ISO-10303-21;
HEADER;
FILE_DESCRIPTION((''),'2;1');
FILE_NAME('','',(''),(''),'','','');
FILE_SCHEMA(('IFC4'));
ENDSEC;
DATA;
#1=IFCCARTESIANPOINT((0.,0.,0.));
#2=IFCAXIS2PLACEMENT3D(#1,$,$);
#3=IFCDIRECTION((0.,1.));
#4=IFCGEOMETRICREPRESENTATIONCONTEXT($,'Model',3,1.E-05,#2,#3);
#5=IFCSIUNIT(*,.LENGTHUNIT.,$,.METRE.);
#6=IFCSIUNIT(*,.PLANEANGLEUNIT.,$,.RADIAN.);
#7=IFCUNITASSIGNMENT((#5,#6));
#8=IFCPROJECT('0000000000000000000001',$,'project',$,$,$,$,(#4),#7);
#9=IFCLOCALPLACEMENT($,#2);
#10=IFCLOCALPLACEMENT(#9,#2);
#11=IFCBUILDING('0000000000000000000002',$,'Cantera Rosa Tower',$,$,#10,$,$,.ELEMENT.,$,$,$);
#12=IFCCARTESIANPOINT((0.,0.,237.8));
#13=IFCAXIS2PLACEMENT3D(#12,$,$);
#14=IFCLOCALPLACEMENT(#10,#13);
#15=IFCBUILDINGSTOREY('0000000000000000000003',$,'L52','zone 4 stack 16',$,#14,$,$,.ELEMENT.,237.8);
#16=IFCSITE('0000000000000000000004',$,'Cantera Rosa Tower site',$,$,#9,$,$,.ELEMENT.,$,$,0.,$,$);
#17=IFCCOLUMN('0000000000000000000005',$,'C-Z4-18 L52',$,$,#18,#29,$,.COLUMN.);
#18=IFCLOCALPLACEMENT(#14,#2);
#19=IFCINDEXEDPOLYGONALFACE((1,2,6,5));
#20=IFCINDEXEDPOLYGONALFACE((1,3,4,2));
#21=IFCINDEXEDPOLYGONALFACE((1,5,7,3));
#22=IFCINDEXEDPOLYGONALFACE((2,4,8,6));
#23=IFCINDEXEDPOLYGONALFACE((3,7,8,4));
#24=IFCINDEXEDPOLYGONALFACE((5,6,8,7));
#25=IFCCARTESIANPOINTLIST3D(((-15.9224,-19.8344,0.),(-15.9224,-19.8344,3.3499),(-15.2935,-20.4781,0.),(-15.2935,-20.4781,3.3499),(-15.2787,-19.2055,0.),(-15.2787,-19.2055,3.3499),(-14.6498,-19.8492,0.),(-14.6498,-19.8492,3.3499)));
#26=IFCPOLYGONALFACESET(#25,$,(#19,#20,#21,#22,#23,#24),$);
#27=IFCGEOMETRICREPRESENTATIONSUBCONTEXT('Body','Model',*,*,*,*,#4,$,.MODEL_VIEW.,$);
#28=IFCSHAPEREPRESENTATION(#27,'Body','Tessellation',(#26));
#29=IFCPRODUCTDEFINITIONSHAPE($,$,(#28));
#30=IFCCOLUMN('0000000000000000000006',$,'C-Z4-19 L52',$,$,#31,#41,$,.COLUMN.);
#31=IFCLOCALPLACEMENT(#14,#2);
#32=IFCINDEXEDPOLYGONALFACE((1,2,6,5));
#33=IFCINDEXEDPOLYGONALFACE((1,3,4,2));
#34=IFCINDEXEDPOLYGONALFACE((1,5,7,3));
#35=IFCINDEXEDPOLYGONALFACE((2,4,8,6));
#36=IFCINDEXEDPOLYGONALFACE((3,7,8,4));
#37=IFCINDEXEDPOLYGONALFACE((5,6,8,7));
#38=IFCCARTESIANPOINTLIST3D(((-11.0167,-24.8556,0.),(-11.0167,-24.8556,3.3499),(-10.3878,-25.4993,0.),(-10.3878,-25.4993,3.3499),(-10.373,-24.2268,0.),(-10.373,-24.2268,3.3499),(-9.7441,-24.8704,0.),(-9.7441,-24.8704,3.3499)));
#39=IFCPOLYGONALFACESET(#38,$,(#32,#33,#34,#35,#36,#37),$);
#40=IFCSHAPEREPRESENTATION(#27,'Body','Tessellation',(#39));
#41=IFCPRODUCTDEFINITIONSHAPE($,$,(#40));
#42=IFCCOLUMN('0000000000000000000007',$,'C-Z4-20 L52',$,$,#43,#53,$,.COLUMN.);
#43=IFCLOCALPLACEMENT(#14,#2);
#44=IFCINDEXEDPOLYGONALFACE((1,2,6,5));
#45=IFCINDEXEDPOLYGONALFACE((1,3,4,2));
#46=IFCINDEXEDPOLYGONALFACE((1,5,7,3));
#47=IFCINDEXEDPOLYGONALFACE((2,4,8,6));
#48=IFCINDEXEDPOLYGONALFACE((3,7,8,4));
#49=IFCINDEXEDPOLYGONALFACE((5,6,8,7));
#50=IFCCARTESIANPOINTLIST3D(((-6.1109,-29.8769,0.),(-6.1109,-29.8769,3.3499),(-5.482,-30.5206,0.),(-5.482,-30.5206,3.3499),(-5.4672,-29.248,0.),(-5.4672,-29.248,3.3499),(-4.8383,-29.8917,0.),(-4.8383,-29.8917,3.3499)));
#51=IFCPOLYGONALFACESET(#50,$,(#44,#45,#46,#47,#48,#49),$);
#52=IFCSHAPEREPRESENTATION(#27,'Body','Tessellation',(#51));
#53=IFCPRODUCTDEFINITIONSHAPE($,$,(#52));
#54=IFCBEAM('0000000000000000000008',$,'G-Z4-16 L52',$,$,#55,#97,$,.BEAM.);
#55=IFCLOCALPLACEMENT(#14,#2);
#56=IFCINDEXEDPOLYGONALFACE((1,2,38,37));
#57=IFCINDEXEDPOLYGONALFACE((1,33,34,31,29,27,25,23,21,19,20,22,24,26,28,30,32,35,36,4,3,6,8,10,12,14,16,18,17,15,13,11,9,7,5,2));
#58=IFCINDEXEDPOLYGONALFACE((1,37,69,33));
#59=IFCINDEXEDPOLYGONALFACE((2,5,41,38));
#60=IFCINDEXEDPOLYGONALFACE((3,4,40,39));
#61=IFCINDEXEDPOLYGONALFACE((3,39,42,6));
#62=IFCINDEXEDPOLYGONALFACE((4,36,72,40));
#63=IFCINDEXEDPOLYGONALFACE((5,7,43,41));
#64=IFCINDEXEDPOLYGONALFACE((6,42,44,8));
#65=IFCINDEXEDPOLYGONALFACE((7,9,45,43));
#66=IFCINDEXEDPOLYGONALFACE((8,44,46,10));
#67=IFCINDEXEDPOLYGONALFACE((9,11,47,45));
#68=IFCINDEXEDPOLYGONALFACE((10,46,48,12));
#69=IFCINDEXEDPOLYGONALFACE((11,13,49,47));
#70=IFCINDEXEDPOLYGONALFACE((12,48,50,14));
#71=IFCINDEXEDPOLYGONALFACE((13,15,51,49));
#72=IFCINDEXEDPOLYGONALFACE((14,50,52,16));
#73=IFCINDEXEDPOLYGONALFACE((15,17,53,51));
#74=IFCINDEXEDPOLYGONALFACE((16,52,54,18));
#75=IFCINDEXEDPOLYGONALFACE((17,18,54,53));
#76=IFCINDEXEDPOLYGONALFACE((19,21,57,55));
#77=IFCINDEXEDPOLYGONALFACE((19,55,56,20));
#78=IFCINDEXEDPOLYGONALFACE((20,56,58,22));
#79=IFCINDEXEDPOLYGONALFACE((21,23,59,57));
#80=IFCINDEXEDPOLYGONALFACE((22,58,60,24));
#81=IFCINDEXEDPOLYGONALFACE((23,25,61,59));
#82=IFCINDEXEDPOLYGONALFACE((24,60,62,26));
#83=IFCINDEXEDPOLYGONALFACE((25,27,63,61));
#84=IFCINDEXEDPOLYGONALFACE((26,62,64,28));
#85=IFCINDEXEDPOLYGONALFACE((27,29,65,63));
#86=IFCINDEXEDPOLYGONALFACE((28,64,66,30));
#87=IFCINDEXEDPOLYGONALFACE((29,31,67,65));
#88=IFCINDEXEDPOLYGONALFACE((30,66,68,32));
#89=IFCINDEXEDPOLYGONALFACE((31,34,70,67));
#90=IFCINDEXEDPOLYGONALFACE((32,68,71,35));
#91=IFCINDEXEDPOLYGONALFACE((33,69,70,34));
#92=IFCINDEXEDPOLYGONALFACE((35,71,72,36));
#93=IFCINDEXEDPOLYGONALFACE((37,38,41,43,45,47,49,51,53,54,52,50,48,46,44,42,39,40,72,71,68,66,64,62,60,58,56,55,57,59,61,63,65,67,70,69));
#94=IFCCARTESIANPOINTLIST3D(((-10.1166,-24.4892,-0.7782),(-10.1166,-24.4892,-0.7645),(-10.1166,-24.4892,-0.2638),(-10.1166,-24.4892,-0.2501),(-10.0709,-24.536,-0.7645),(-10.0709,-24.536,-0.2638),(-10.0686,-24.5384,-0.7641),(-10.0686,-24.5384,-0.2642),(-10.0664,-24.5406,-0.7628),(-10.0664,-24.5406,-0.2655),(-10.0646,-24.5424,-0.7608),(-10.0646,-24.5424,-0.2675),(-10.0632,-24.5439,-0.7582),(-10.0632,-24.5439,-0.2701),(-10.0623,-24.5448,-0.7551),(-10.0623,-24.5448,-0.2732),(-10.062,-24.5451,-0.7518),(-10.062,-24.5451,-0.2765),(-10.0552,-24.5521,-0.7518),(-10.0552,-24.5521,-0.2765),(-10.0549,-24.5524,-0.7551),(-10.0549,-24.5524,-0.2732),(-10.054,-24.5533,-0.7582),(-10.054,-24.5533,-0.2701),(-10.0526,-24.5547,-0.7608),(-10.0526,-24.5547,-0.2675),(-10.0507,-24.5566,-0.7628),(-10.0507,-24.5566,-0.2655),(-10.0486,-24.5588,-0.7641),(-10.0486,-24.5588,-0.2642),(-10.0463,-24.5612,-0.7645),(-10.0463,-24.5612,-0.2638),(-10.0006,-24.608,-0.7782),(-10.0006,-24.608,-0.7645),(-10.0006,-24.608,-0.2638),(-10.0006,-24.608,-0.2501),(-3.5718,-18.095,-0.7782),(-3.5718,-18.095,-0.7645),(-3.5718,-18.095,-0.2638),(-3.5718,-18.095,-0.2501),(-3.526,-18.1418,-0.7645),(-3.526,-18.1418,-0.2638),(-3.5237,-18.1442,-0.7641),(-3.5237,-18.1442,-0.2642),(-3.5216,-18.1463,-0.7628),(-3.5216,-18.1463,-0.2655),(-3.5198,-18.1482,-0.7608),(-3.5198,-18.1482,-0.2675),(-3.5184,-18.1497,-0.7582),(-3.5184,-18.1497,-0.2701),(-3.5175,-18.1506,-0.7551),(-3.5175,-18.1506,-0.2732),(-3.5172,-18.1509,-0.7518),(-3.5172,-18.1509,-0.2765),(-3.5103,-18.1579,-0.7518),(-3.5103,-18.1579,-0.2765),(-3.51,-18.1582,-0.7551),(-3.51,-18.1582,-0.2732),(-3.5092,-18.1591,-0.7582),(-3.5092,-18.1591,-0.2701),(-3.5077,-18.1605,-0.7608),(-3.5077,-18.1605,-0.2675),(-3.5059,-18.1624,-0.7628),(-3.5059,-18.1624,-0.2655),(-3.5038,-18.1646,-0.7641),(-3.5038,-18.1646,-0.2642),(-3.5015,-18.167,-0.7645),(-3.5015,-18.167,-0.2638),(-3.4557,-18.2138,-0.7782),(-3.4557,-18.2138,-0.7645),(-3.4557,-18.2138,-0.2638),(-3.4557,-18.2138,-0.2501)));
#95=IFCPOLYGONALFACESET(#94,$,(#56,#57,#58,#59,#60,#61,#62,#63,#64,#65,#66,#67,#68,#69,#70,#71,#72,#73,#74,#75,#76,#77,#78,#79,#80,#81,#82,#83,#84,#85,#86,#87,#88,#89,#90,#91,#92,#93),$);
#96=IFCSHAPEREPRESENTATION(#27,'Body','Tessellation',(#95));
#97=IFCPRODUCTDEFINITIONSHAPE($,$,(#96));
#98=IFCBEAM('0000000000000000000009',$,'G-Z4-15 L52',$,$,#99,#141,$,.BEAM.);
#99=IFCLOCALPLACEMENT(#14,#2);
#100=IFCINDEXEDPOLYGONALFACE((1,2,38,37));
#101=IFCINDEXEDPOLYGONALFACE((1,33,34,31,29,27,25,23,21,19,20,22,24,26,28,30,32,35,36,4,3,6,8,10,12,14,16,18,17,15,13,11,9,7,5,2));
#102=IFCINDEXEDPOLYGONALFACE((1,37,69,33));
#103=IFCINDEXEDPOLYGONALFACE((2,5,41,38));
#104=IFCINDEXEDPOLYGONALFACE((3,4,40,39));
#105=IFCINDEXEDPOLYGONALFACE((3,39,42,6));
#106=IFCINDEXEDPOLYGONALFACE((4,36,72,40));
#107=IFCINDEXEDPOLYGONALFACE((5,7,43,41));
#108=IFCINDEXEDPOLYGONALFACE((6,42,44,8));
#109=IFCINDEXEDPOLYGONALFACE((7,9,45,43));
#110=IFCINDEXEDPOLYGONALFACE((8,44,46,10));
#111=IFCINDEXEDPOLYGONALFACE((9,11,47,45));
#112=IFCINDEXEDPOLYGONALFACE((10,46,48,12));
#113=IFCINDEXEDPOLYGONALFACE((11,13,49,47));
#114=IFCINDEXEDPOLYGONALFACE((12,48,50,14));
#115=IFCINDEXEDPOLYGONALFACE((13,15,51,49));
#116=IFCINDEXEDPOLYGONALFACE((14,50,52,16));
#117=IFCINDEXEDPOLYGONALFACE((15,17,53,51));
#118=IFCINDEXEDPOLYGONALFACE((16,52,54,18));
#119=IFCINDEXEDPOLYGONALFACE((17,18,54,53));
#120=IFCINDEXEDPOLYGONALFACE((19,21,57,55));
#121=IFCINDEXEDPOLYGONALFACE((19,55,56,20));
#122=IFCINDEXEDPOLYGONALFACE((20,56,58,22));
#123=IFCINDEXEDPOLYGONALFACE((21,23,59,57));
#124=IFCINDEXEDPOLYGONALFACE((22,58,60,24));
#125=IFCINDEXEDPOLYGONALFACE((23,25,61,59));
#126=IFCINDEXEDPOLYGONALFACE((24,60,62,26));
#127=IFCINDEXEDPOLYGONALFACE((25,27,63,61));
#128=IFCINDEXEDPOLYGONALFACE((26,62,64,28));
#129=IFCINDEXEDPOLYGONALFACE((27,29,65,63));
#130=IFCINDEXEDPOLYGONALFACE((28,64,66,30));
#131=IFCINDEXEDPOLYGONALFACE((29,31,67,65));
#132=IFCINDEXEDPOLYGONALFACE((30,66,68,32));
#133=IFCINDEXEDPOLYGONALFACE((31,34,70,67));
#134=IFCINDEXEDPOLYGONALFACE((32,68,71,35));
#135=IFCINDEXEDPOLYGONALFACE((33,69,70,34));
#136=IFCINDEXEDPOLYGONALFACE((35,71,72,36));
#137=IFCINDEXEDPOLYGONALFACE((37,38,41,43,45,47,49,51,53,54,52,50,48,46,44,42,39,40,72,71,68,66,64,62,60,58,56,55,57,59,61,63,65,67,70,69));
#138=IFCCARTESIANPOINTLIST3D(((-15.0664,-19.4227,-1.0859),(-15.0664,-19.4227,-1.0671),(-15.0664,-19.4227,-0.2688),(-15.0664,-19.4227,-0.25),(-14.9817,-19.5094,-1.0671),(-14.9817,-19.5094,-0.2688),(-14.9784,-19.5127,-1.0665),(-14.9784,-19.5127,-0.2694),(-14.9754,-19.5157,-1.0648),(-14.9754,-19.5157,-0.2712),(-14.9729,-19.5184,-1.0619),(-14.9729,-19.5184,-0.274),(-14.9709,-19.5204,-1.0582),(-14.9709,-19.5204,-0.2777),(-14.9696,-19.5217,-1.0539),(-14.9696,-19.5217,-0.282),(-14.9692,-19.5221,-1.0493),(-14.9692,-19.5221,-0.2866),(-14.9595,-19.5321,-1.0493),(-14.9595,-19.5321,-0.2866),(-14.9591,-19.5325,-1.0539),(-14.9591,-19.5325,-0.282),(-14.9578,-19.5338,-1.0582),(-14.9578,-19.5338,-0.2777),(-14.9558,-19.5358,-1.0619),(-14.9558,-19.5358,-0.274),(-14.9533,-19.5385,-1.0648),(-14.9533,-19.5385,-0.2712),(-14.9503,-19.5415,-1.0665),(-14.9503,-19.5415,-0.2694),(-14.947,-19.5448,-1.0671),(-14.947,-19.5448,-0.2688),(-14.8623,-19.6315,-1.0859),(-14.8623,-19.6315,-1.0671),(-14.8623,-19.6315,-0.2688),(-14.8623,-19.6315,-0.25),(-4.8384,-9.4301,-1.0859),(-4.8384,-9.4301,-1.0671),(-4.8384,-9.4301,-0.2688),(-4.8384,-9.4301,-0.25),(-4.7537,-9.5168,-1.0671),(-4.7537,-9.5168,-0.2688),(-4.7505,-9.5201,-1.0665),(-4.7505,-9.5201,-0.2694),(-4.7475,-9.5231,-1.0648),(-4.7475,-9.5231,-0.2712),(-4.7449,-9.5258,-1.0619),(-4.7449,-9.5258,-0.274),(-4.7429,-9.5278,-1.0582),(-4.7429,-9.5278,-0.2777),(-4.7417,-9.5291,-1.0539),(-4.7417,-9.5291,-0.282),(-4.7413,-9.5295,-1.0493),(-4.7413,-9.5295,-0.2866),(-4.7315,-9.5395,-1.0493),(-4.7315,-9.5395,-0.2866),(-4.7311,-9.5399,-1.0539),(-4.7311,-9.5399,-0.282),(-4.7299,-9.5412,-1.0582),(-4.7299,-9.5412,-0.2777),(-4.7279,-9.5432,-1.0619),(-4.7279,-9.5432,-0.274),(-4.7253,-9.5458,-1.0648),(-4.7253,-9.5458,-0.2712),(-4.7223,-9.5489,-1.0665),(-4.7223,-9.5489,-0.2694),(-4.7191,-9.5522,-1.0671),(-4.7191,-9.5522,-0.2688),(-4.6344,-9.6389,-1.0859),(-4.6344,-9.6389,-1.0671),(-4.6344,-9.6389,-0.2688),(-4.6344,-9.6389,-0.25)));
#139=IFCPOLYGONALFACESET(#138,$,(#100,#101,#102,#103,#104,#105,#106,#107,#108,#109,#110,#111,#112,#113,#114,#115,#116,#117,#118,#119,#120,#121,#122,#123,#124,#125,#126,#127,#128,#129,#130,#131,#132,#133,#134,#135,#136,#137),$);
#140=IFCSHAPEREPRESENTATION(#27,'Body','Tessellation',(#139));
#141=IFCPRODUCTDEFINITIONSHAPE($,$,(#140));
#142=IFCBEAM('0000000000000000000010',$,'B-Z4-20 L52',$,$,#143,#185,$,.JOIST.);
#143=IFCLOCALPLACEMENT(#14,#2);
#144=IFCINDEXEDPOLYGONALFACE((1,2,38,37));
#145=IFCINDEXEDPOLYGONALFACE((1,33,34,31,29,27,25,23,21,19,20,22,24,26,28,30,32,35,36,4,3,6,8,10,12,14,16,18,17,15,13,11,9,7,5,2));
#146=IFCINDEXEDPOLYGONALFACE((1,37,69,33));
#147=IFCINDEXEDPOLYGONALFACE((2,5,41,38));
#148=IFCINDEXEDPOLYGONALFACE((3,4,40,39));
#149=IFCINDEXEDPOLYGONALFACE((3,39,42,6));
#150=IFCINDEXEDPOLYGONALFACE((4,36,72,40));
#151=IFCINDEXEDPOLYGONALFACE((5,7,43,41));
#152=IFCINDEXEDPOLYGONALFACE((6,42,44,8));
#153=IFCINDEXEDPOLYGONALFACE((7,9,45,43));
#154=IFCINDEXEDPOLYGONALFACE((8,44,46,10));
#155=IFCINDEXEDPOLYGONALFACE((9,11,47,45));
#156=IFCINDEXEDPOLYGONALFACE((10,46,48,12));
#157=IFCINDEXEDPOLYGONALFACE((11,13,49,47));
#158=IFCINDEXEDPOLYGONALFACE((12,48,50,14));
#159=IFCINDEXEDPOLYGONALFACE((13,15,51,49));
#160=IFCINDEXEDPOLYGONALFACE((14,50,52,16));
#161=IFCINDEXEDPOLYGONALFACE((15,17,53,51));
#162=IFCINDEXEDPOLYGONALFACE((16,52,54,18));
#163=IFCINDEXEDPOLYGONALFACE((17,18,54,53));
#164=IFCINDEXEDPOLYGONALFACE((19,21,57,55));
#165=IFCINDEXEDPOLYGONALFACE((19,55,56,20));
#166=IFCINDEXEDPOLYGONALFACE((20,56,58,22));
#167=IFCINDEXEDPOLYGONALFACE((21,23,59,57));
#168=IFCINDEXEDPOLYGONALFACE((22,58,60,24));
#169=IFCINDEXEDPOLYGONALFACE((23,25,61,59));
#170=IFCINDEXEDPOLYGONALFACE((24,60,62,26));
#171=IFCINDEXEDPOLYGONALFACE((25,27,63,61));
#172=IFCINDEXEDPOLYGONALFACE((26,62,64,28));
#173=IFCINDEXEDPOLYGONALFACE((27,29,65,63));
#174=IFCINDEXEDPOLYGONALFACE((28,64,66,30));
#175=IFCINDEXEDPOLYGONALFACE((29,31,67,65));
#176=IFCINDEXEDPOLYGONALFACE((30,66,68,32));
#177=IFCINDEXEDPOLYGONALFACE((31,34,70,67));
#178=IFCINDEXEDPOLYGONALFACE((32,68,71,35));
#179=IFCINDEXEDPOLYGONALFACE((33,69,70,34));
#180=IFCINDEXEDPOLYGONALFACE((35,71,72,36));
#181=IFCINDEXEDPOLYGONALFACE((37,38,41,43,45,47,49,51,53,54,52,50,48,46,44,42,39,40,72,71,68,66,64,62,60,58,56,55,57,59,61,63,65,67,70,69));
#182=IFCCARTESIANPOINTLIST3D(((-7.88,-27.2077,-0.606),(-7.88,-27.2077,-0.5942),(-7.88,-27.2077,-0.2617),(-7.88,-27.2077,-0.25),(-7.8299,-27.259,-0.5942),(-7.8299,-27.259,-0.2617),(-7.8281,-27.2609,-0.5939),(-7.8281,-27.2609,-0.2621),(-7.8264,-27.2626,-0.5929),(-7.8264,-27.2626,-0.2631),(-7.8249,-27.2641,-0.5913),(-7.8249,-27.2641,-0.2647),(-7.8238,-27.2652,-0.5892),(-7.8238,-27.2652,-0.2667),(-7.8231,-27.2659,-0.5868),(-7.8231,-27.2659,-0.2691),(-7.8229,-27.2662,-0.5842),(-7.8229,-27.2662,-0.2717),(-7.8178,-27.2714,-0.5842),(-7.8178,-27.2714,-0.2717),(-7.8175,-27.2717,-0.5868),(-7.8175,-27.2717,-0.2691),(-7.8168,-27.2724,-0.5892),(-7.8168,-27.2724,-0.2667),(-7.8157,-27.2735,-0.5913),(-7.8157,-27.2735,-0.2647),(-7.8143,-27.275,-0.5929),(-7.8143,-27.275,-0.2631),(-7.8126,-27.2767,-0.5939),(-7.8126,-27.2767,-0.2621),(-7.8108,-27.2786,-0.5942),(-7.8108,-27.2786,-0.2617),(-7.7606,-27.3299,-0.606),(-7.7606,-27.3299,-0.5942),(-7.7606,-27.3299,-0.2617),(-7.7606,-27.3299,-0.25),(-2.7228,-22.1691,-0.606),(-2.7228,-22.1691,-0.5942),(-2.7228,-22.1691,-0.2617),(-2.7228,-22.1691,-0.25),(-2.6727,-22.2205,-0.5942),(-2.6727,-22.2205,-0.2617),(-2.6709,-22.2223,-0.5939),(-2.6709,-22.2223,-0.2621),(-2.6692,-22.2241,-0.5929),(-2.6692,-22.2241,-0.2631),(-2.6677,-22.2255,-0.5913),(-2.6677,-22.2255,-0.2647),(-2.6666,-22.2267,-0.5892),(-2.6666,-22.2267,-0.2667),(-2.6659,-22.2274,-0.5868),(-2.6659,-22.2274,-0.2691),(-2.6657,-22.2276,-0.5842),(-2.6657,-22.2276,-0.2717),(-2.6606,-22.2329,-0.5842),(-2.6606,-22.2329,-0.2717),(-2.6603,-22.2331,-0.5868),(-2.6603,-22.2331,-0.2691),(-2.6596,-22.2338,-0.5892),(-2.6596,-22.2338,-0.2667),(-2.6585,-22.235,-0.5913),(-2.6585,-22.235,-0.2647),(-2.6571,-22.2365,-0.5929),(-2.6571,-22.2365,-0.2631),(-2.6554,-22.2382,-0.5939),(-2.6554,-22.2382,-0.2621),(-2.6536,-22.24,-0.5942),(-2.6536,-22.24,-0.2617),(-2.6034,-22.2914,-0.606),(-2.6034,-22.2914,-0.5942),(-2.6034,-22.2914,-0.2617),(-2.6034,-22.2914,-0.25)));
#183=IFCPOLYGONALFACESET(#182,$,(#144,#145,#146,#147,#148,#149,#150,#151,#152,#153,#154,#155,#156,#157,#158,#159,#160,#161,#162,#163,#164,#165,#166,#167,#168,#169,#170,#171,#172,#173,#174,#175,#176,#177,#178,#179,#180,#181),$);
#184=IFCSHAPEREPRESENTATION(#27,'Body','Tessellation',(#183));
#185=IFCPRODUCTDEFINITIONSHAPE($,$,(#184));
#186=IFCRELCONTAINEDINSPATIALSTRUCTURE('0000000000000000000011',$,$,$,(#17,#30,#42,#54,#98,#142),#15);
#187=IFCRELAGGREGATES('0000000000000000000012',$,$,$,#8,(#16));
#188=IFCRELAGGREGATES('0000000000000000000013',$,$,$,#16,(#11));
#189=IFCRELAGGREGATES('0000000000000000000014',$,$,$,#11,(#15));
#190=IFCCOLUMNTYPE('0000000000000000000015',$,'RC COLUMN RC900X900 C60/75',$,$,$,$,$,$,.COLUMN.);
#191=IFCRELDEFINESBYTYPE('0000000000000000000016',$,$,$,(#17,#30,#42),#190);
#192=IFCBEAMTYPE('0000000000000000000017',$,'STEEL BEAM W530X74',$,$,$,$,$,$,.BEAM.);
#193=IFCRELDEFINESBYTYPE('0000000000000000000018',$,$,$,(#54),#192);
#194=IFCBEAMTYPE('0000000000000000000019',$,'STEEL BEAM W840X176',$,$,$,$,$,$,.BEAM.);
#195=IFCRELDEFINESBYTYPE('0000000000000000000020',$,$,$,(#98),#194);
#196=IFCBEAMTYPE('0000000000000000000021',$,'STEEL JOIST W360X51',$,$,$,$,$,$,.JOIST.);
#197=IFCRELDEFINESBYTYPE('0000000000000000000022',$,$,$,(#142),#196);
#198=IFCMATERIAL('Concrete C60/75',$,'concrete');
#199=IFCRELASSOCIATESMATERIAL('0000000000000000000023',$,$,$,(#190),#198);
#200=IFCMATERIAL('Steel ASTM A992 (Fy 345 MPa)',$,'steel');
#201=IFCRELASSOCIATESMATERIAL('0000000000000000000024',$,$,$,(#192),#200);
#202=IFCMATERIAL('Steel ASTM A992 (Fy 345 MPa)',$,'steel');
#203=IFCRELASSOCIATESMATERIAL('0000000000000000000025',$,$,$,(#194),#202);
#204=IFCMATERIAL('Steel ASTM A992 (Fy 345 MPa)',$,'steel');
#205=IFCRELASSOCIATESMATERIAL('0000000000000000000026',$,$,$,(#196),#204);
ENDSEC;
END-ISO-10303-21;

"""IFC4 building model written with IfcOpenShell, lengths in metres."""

from ifc_helpers import new_model, si_unit, direction, frame, origin, origin_2d, place, context, subcontext, project, spatial, rectangle, i_section, extrude, material, material_profile, profile_set, type_object, element, save


model = new_model("IFC4")

# Units and contexts
model_context = context("Model", 3, precision=1e-05, world=origin(), true_north=direction((0.0, 1.0)))
body_context = subcontext(model_context, "Body", "Model", "MODEL_VIEW")
ifc_project = project(units=[si_unit("LENGTHUNIT", "METRE"), si_unit("PLANEANGLEUNIT", "RADIAN")], contexts=[model_context])

# Site, building, storey
site_placement = place(None, origin())
site = spatial("IfcSite", under=ifc_project, at=site_placement, Name="Cantera Rosa Tower site", CompositionType="ELEMENT", RefElevation=0.0)
building_placement = place(site_placement, origin())
building = spatial("IfcBuilding", under=site, at=building_placement, Name="Cantera Rosa Tower", CompositionType="ELEMENT")
storey_placement = place(building_placement, frame((0.0, 0.0, 237.8)))
storey = spatial("IfcBuildingStorey", under=building, at=storey_placement, Name="L52", Description="zone 4 stack 16", CompositionType="ELEMENT", Elevation=237.8)

# Columns
ifc_material_1 = material(Name="Concrete C60/75", Category="concrete")
ifc_material_profile_1 = material_profile(ifc_material_1, rectangle(XDim=0.8999, YDim=0.8999, at=origin_2d()), Name="RC COLUMN RC900X900 C60/75")
ifc_profile_set_1 = profile_set([ifc_material_profile_1], Name="Concrete C60/75")
column_type = type_object("IfcColumnType", Name="RC COLUMN RC900X900 C60/75", PredefinedType="COLUMN", material=ifc_profile_set_1)
for number, where, z_axis, x_axis, name in (
    (1, (-15.2861, -19.8418, 0.0), (0.0, 0.0, 1.0), (0.715286, 0.698832, 0.0), "C-Z4-18 L52"),
    (2, (-10.3804, -24.863, 0.0), (0.0, 0.0, 1.0), (0.715286, 0.698832, 0.0), "C-Z4-19 L52"),
    (3, (-5.4746, -29.8843, 0.0), (0.0, 0.0, 1.0), (0.715286, 0.698832, 0.0), "C-Z4-20 L52"),
):
    element("IfcColumn", number, at=place(storey_placement, frame(where, z_axis=z_axis, x_axis=x_axis)), inside=storey, type_object=column_type, Name=name, PredefinedType="COLUMN", context=body_context, shape_type="SweptSolid", body=[
        extrude(rectangle(XDim=0.8999, YDim=0.8999, at=origin_2d()), origin(), (0.0, 0.0, 1.0), 3.3499),
    ])

# Beams
ifc_material_2 = material(Name="Steel ASTM A992 (Fy 345 MPa)", Category="steel")
ifc_material_profile_2 = material_profile(ifc_material_2, i_section(OverallWidth=0.166, OverallDepth=0.5281, WebThickness=0.0098, FlangeThickness=0.0137, FilletRadius=0.0127, at=origin_2d()), Name="W530X74")
ifc_profile_set_2 = profile_set([ifc_material_profile_2], Name="Steel ASTM A992 (Fy 345 MPa)")
beam_type_1 = type_object("IfcBeamType", Name="STEEL BEAM W530X74", PredefinedType="BEAM", material=ifc_profile_set_2)
beam_1_placement = place(storey_placement, frame((-10.0586, -24.5486, -0.5142), z_axis=(0.71529, 0.698827, 0.0), x_axis=(-0.698827, 0.71529, 0.0)))
element("IfcBeam", 4, at=beam_1_placement, inside=storey, type_object=beam_type_1, Name="G-Z4-16 L52", PredefinedType="BEAM", context=body_context, shape_type="SweptSolid", body=[
    extrude(i_section(OverallWidth=0.166, OverallDepth=0.5281, WebThickness=0.0098, FlangeThickness=0.0137, FilletRadius=0.0127, at=origin_2d()), origin(), (0.0, 0.0, 1.0), 9.1499),
])
ifc_material_3 = material(Name="Steel ASTM A992 (Fy 345 MPa)", Category="steel")
ifc_material_profile_3 = material_profile(ifc_material_3, i_section(OverallWidth=0.292, OverallDepth=0.8359, WebThickness=0.0139, FlangeThickness=0.0188, FilletRadius=0.0178, at=origin_2d()), Name="W840X176")
ifc_profile_set_3 = profile_set([ifc_material_profile_3], Name="Steel ASTM A992 (Fy 345 MPa)")
beam_type_2 = type_object("IfcBeamType", Name="STEEL BEAM W840X176", PredefinedType="BEAM", material=ifc_profile_set_3)
beam_2_placement = place(storey_placement, frame((-14.9644, -19.5271, -0.668), z_axis=(0.715288, 0.698829, 0.0), x_axis=(-0.698829, 0.715288, 0.0)))
element("IfcBeam", 5, at=beam_2_placement, inside=storey, type_object=beam_type_2, Name="G-Z4-15 L52", PredefinedType="BEAM", context=body_context, shape_type="SweptSolid", body=[
    extrude(i_section(OverallWidth=0.292, OverallDepth=0.8359, WebThickness=0.0139, FlangeThickness=0.0188, FilletRadius=0.0178, at=origin_2d()), origin(), (0.0, 0.0, 1.0), 14.2991),
])
ifc_material_4 = material(Name="Steel ASTM A992 (Fy 345 MPa)", Category="steel")
ifc_material_profile_4 = material_profile(ifc_material_4, i_section(OverallWidth=0.1709, OverallDepth=0.356, WebThickness=0.0073, FlangeThickness=0.0117, FilletRadius=0.01, at=origin_2d()), Name="W360X51")
ifc_profile_set_4 = profile_set([ifc_material_profile_4], Name="Steel ASTM A992 (Fy 345 MPa)")
beam_type_3 = type_object("IfcBeamType", Name="STEEL JOIST W360X51", PredefinedType="JOIST", material=ifc_profile_set_4)
beam_3_placement = place(storey_placement, frame((-7.8203, -27.2688, -0.428), z_axis=(0.715287, 0.698831, 0.0), x_axis=(-0.698831, 0.715287, 0.0)))
element("IfcBeam", 6, at=beam_3_placement, inside=storey, type_object=beam_type_3, Name="B-Z4-20 L52", PredefinedType="JOIST", context=body_context, shape_type="SweptSolid", body=[
    extrude(i_section(OverallWidth=0.1709, OverallDepth=0.356, WebThickness=0.0073, FlangeThickness=0.0117, FilletRadius=0.01, at=origin_2d()), origin(), (0.0, 0.0, 1.0), 7.21),
])

save(model, "model.ifc")
